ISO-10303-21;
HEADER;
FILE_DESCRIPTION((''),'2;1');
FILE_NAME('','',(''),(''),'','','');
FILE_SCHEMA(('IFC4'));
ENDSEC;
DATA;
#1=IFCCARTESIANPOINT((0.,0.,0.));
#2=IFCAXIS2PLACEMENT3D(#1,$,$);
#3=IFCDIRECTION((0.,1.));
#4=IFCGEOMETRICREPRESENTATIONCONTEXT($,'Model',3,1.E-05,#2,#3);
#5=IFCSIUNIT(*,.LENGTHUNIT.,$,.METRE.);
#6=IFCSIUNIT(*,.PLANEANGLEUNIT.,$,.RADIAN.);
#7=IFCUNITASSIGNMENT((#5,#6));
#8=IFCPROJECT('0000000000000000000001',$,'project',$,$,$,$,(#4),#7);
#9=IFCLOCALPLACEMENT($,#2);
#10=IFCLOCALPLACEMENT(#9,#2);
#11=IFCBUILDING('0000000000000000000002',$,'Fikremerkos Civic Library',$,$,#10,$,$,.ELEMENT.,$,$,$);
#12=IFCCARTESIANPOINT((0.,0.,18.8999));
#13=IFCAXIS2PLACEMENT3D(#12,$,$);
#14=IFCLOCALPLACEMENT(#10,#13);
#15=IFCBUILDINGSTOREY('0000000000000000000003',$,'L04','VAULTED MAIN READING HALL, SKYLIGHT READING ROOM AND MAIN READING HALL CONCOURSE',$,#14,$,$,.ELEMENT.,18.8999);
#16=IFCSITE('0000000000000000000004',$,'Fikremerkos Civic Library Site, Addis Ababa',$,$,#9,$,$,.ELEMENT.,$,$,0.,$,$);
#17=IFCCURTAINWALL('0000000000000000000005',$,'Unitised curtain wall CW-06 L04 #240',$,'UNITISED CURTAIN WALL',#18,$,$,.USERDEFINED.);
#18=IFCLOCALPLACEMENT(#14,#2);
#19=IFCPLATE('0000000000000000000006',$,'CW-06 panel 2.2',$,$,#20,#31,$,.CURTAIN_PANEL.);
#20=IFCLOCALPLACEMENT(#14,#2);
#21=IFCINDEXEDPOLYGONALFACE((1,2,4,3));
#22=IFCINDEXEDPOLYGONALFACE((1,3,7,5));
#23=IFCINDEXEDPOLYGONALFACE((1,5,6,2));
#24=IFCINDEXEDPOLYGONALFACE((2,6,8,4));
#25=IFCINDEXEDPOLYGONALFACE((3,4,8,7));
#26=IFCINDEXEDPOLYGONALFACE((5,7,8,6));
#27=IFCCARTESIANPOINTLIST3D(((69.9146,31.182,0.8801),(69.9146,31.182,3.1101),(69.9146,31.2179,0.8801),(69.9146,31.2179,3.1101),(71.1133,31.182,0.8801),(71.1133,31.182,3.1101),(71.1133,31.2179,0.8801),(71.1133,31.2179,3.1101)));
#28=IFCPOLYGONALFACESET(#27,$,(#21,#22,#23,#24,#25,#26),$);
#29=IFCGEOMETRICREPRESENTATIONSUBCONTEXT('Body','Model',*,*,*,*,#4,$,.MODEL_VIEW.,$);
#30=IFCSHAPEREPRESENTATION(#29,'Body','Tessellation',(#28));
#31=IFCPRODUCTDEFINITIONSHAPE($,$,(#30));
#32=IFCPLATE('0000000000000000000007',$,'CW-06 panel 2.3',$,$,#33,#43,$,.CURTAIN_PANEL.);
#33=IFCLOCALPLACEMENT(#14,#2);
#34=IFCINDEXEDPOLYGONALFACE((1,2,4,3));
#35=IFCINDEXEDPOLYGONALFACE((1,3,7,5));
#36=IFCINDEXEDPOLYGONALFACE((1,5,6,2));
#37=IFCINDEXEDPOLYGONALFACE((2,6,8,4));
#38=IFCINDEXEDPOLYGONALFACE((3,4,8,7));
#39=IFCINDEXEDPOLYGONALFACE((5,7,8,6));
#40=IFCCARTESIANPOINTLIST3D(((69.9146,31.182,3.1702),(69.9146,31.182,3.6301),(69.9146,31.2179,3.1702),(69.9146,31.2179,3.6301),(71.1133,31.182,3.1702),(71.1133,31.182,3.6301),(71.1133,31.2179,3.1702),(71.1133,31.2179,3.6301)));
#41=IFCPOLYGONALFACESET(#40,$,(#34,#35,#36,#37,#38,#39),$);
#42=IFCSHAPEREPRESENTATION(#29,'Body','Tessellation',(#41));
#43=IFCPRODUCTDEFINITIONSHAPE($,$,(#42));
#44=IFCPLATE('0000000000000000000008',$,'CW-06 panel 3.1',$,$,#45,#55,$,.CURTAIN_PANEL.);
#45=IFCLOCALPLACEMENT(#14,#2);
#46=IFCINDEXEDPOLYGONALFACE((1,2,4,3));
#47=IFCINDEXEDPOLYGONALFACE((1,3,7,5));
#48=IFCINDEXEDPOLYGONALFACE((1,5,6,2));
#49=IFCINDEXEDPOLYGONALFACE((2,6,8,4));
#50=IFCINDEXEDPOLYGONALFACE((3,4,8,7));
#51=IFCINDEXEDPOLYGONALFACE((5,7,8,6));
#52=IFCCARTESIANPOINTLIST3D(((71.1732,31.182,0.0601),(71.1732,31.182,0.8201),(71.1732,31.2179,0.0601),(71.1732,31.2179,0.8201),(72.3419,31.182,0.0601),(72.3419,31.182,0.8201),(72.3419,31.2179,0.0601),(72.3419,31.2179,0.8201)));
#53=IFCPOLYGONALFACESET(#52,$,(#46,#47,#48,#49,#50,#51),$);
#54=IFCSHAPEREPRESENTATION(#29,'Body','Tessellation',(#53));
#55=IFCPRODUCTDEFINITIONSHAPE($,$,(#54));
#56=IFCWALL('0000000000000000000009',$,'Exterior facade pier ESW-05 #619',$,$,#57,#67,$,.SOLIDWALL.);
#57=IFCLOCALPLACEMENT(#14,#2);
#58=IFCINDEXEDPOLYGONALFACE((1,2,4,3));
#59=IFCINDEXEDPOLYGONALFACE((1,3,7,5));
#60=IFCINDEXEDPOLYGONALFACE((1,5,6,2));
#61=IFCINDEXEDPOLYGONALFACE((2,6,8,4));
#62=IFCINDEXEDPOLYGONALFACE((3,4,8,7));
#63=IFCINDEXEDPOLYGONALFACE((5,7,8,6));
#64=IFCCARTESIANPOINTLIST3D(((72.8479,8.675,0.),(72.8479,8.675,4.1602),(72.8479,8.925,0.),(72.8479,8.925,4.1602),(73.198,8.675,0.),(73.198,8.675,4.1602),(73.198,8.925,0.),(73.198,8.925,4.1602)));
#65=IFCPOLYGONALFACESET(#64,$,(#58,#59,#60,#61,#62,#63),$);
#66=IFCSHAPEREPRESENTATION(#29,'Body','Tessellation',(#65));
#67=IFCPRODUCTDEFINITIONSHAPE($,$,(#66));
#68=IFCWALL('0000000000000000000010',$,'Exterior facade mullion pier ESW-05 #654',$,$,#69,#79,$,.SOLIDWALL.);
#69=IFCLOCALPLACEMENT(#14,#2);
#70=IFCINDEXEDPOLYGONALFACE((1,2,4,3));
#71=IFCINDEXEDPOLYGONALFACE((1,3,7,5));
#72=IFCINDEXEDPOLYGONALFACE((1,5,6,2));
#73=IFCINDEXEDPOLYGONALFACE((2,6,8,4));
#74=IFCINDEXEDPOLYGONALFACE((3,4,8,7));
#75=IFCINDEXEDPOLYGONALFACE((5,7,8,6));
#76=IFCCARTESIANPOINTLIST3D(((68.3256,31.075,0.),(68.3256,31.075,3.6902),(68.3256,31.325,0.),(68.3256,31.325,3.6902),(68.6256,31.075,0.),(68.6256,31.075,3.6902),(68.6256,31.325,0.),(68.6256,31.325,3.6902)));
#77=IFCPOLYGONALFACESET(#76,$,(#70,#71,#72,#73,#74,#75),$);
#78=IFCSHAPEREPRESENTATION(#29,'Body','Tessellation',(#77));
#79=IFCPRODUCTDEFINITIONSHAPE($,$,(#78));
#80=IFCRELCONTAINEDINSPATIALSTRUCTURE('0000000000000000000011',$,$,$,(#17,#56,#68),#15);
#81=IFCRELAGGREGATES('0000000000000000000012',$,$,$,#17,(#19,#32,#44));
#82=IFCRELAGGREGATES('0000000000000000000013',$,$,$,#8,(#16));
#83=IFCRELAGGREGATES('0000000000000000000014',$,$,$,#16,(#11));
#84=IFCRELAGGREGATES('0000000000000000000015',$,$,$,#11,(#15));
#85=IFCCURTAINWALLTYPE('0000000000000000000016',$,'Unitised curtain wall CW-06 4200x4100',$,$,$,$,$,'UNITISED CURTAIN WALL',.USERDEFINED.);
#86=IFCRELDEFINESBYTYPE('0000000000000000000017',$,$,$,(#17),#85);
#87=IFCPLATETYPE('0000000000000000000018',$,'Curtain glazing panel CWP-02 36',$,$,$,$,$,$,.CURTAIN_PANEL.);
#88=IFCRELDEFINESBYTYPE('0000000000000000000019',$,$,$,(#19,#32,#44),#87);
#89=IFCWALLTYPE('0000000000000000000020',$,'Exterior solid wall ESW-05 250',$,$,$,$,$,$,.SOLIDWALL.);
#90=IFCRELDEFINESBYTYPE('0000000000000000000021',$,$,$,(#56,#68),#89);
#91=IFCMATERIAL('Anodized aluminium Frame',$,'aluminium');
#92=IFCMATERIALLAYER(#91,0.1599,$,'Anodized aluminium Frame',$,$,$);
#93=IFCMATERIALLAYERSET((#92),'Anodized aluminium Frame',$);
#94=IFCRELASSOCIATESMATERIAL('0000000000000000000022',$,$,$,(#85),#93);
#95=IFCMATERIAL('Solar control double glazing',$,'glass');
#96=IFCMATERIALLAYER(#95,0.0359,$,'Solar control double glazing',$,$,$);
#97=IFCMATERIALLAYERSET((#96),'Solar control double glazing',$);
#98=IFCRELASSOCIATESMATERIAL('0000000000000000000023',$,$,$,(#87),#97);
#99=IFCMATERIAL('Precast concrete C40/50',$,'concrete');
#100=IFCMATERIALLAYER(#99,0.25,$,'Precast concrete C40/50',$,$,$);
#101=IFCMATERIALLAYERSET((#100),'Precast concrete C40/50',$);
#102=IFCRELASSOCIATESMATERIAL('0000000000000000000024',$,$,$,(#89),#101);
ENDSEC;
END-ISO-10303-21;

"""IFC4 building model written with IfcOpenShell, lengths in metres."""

from ifc_helpers import new_model, si_unit, direction, frame, frame_2d, origin, origin_2d, place, context, subcontext, project, spatial, rectangle, extrude, material, layer, layer_set, type_object, element, aggregate, save


model = new_model("IFC4")

# Units and contexts
model_context = context("Model", 3, precision=1e-05, world=origin(), true_north=direction((0.0, 1.0)))
body_context = subcontext(model_context, "Body", "Model", "MODEL_VIEW")
ifc_project = project(units=[si_unit("LENGTHUNIT", "METRE"), si_unit("PLANEANGLEUNIT", "RADIAN")], contexts=[model_context])

# Site, building, storey
site_placement = place(None, origin())
site = spatial("IfcSite", under=ifc_project, at=site_placement, Name="Fikremerkos Civic Library Site, Addis Ababa", CompositionType="ELEMENT", RefElevation=0.0)
building_placement = place(site_placement, origin())
building = spatial("IfcBuilding", under=site, at=building_placement, Name="Fikremerkos Civic Library", CompositionType="ELEMENT")
storey_placement = place(building_placement, frame((0.0, 0.0, 18.8999)))
storey = spatial("IfcBuildingStorey", under=building, at=storey_placement, Name="L04", Description="VAULTED MAIN READING HALL, SKYLIGHT READING ROOM AND MAIN READING HALL CONCOURSE", CompositionType="ELEMENT", Elevation=18.8999)

# Shared definitions
ifc_material_1 = material(Name="Anodized aluminium Frame", Category="aluminium")

# Curtain wall
ifc_layer_1 = layer(ifc_material_1, 0.1599, Name="Anodized aluminium Frame")
ifc_layer_set_1 = layer_set([ifc_layer_1], Name="Anodized aluminium Frame")
curtain_wall_type_1 = type_object("IfcCurtainWallType", Name="Unitised curtain wall CW-06 4200x4100", ElementType="UNITISED CURTAIN WALL", PredefinedType="USERDEFINED", material=ifc_layer_set_1)
curtain_wall_1_placement = place(storey_placement, origin())
curtain_wall_1 = element("IfcCurtainWall", 1, at=curtain_wall_1_placement, inside=storey, type_object=curtain_wall_type_1, Name="Unitised curtain wall CW-06 L04 #240", ObjectType="UNITISED CURTAIN WALL", PredefinedType="USERDEFINED")

# Plates
ifc_material_2 = material(Name="Solar control double glazing", Category="glass")
ifc_layer_2 = layer(ifc_material_2, 0.0359, Name="Solar control double glazing")
ifc_layer_set_2 = layer_set([ifc_layer_2], Name="Solar control double glazing")
plate_type_1 = type_object("IfcPlateType", Name="Curtain glazing panel CWP-02 36", PredefinedType="CURTAIN_PANEL", material=ifc_layer_set_2)
plate_1_placement = place(storey_placement, frame((70.5139, 31.2, 0.8801), z_axis=(0.0, 0.0, 1.0), x_axis=(1.0, 0.0, 0.0)))
plate_1 = element("IfcPlate", 2, at=plate_1_placement, type_object=plate_type_1, Name="CW-06 panel 2.2", PredefinedType="CURTAIN_PANEL", context=body_context, shape_type="SweptSolid", body=[
    extrude(rectangle(XDim=1.1987, YDim=0.0359, at=origin_2d()), origin(), (0.0, 0.0, 1.0), 2.23),
])
plate_2_placement = place(storey_placement, frame((70.5139, 31.2, 3.1702), z_axis=(0.0, 0.0, 1.0), x_axis=(1.0, 0.0, 0.0)))
plate_2 = element("IfcPlate", 3, at=plate_2_placement, type_object=plate_type_1, Name="CW-06 panel 2.3", PredefinedType="CURTAIN_PANEL", context=body_context, shape_type="SweptSolid", body=[
    extrude(rectangle(XDim=1.1987, YDim=0.0359, at=origin_2d()), origin(), (0.0, 0.0, 1.0), 0.46),
])
plate_3_placement = place(storey_placement, frame((71.7576, 31.2, 0.0601), z_axis=(0.0, 0.0, 1.0), x_axis=(1.0, 0.0, 0.0)))
plate_3 = element("IfcPlate", 4, at=plate_3_placement, type_object=plate_type_1, Name="CW-06 panel 3.1", PredefinedType="CURTAIN_PANEL", context=body_context, shape_type="SweptSolid", body=[
    extrude(rectangle(XDim=1.1687, YDim=0.0359, at=origin_2d()), origin(), (0.0, 0.0, 1.0), 0.76),
])
aggregate(curtain_wall_1, [plate_1, plate_2, plate_3])

# Walls
ifc_material_3 = material(Name="Precast concrete C40/50", Category="concrete")
ifc_layer_3 = layer(ifc_material_3, 0.25, Name="Precast concrete C40/50")
ifc_layer_set_3 = layer_set([ifc_layer_3], Name="Precast concrete C40/50")
wall_type = type_object("IfcWallType", Name="Exterior solid wall ESW-05 250", PredefinedType="SOLIDWALL", material=ifc_layer_set_3)
wall_1_placement = place(storey_placement, frame((73.198, 8.8, 0.0), z_axis=(0.0, 0.0, 1.0), x_axis=(-1.0, 0.0, 0.0)))
element("IfcWall", 5, at=wall_1_placement, inside=storey, type_object=wall_type, Name="Exterior facade pier ESW-05 #619", PredefinedType="SOLIDWALL", context=body_context, shape_type="SweptSolid", body=[
    extrude(rectangle(XDim=0.3501, YDim=0.25, at=frame_2d((0.175, 0.0))), origin(), (0.0, 0.0, 1.0), 4.1602),
])
wall_2_placement = place(storey_placement, frame((68.3257, 31.2, 0.0), z_axis=(0.0, 0.0, 1.0), x_axis=(1.0, 0.0, 0.0)))
element("IfcWall", 6, at=wall_2_placement, inside=storey, type_object=wall_type, Name="Exterior facade mullion pier ESW-05 #654", PredefinedType="SOLIDWALL", context=body_context, shape_type="SweptSolid", body=[
    extrude(rectangle(XDim=0.3, YDim=0.25, at=frame_2d((0.1499, 0.0))), origin(), (0.0, 0.0, 1.0), 3.6902),
])

save(model, "model.ifc")
